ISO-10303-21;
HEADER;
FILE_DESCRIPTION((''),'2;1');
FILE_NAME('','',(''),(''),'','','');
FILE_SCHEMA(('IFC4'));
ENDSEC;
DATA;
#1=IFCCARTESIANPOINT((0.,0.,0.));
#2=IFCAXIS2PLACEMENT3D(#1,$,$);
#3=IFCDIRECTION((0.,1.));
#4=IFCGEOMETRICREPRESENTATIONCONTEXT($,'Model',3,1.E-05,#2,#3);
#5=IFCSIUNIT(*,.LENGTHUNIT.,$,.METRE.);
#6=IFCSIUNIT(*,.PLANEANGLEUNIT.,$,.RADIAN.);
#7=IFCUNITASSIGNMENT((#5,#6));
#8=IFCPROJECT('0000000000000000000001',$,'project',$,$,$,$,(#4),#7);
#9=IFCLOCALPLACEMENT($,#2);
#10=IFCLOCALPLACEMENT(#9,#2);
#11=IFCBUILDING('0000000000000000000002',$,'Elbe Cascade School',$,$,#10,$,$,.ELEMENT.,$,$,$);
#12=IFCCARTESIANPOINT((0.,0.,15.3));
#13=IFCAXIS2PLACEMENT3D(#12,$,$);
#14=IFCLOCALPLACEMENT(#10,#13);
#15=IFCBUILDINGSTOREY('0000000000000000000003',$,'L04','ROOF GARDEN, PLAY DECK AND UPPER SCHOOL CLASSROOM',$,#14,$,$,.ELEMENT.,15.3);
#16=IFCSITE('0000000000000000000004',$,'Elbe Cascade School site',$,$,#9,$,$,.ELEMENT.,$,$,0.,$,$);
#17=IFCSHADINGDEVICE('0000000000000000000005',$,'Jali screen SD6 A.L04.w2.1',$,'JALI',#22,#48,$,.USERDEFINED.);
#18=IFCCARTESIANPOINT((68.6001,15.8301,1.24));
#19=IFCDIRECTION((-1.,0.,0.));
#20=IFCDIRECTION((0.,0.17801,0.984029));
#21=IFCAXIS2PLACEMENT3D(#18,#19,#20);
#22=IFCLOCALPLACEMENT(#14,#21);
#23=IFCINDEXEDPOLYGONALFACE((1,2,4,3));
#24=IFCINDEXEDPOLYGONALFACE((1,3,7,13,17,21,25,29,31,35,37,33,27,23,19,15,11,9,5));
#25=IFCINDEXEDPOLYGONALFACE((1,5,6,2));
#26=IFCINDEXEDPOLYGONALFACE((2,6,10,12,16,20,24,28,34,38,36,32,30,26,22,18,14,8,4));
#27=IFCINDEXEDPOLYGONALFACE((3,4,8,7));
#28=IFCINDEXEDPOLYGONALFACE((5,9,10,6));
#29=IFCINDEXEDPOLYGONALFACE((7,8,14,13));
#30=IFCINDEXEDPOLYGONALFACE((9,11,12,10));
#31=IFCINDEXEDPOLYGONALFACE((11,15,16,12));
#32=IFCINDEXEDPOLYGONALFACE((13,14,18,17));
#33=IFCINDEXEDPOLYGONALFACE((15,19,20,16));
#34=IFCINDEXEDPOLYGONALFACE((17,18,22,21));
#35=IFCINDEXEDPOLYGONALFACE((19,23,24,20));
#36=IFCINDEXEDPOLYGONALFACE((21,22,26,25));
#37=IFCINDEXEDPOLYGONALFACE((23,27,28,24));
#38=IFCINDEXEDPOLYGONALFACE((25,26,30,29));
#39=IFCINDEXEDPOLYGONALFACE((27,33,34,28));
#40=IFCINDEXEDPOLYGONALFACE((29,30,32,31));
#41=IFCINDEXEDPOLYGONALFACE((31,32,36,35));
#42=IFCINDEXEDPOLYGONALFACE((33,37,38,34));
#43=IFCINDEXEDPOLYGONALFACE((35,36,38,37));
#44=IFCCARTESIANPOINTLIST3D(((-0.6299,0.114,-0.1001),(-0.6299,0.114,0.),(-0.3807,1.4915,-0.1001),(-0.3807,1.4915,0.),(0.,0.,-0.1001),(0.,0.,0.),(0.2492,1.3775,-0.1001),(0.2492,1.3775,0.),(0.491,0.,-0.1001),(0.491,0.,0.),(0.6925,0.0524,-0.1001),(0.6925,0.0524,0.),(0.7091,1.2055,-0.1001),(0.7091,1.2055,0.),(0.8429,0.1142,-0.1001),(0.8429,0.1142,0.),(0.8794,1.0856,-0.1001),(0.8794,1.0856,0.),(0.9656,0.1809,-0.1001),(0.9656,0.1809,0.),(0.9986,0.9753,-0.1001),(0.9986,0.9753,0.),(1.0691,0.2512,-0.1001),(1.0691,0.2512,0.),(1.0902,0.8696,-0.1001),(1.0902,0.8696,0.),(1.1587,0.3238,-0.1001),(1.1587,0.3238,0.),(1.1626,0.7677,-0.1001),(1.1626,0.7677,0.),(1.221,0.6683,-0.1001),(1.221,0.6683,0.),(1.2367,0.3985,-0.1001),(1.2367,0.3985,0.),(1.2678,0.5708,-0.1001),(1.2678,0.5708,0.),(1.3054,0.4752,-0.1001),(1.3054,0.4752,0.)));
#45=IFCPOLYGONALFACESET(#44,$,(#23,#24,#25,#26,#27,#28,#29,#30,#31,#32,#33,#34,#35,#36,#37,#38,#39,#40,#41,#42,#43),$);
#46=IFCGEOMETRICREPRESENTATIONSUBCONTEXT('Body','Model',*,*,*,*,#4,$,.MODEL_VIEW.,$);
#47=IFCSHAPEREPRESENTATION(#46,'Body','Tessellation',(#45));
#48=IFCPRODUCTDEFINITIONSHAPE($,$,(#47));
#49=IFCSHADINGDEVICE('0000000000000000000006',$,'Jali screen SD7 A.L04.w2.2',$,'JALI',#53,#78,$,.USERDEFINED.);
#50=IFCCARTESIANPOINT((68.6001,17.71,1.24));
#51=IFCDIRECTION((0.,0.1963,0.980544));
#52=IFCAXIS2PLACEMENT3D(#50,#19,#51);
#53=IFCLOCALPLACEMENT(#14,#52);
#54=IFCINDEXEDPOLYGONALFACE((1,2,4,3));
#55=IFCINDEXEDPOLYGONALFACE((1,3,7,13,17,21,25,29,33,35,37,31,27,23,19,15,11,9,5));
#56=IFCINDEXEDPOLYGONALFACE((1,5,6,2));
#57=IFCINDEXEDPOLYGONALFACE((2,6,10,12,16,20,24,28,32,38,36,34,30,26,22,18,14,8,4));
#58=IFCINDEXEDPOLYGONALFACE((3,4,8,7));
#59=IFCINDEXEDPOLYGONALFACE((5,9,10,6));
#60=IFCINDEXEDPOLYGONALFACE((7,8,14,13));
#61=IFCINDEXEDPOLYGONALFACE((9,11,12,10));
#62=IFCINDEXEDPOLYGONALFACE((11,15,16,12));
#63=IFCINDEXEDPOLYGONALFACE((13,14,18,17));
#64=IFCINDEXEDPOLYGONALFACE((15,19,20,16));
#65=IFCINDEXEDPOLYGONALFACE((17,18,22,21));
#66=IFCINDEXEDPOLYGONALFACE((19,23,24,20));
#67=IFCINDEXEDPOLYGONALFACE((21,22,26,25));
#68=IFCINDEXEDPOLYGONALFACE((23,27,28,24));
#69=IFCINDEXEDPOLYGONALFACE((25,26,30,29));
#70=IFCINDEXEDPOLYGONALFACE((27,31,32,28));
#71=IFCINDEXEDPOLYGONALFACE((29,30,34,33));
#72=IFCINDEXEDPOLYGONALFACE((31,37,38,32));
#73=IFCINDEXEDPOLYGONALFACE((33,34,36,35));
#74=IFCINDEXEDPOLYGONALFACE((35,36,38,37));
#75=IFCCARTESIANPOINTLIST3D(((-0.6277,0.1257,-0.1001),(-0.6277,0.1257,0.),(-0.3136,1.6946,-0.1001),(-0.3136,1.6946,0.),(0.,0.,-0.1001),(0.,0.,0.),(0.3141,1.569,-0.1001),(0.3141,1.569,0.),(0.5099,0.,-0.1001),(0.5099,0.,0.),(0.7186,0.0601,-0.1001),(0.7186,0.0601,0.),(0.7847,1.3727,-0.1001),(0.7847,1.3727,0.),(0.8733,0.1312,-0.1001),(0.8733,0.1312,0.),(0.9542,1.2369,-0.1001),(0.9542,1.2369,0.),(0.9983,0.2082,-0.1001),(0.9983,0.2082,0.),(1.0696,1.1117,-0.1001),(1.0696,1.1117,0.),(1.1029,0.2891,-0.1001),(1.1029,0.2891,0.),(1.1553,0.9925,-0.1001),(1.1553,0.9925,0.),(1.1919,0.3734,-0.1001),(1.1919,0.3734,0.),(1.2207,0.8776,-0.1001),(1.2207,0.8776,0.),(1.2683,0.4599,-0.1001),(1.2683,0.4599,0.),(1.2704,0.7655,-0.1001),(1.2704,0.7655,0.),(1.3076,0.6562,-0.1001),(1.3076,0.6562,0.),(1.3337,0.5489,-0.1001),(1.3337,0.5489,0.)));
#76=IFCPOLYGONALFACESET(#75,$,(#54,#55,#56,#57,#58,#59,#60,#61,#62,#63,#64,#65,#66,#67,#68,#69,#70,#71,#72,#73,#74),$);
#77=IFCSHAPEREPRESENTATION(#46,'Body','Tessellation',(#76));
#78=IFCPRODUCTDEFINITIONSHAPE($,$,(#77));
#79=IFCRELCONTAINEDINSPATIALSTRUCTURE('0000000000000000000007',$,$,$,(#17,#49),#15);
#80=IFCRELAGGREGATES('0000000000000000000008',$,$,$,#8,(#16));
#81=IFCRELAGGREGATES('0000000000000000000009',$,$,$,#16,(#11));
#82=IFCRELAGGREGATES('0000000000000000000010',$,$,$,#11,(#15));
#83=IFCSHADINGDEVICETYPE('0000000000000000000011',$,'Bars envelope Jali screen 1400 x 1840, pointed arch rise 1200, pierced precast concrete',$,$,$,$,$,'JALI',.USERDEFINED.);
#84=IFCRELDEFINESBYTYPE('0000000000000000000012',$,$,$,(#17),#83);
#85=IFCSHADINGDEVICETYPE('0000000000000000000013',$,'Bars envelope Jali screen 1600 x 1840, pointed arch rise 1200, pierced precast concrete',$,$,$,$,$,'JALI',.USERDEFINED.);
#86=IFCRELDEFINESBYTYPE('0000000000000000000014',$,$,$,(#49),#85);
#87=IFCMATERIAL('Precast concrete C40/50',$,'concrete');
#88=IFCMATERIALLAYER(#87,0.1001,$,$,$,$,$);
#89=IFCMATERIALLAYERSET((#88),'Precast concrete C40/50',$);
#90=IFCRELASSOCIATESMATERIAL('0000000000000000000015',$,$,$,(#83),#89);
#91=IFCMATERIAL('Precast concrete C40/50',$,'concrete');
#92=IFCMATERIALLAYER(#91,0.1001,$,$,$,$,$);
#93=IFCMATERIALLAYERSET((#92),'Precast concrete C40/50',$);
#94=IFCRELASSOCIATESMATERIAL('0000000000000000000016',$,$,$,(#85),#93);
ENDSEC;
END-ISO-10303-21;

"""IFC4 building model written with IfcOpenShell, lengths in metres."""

from ifc_helpers import new_model, si_unit, direction, frame, origin, place, context, subcontext, project, spatial, polyline, outline, extrude, material, layer, layer_set, type_object, element, save


model = new_model("IFC4")

# Units and contexts
model_context = context("Model", 3, precision=1e-05, world=origin(), true_north=direction((0.0, 1.0)))
body_context = subcontext(model_context, "Body", "Model", "MODEL_VIEW")
ifc_project = project(units=[si_unit("LENGTHUNIT", "METRE"), si_unit("PLANEANGLEUNIT", "RADIAN")], contexts=[model_context])

# Site, building, storey
site_placement = place(None, origin())
site = spatial("IfcSite", under=ifc_project, at=site_placement, Name="Elbe Cascade School site", CompositionType="ELEMENT", RefElevation=0.0)
building_placement = place(site_placement, origin())
building = spatial("IfcBuilding", under=site, at=building_placement, Name="Elbe Cascade School", CompositionType="ELEMENT")
storey_placement = place(building_placement, frame((0.0, 0.0, 15.3)))
storey = spatial("IfcBuildingStorey", under=building, at=storey_placement, Name="L04", Description="ROOF GARDEN, PLAY DECK AND UPPER SCHOOL CLASSROOM", CompositionType="ELEMENT", Elevation=15.3)

# Shading devices
ifc_material_1 = material(Name="Precast concrete C40/50", Category="concrete")
ifc_layer_1 = layer(ifc_material_1, 0.1001)
ifc_layer_set_1 = layer_set([ifc_layer_1], Name="Precast concrete C40/50")
shading_device_type_1 = type_object("IfcShadingDeviceType", Name="Bars envelope Jali screen 1400 x 1840, pointed arch rise 1200, pierced precast concrete", ElementType="JALI", PredefinedType="USERDEFINED", material=ifc_layer_set_1)
shading_device_1_placement = place(storey_placement, frame((68.6001, 15.8301, 1.24), z_axis=(-1.0, 0.0, 0.0), x_axis=(0.0, 0.17801, 0.984029)))
element("IfcShadingDevice", 1, at=shading_device_1_placement, inside=storey, type_object=shading_device_type_1, Name="Jali screen SD6 A.L04.w2.1", ObjectType="JALI", PredefinedType="USERDEFINED", context=body_context, shape_type="SweptSolid", body=[
    extrude(outline(polyline([(0.0, 0.0), (0.491, 0.0), (0.6925, 0.0524), (0.8429, 0.1142), (0.9656, 0.1809), (1.0691, 0.2512), (1.1587, 0.3238), (1.2367, 0.3985), (1.3054, 0.4752), (1.2678, 0.5708), (1.221, 0.6683), (1.1626, 0.7677), (1.0902, 0.8696), (0.9986, 0.9753), (0.8794, 1.0856), (0.7091, 1.2055), (0.2492, 1.3775), (-0.3807, 1.4915), (-0.6299, 0.114), (0.0, 0.0)])), origin(), (0.0, 0.0, -1.0), 0.1001),
])
ifc_material_2 = material(Name="Precast concrete C40/50", Category="concrete")
ifc_layer_2 = layer(ifc_material_2, 0.1001)
ifc_layer_set_2 = layer_set([ifc_layer_2], Name="Precast concrete C40/50")
shading_device_type_2 = type_object("IfcShadingDeviceType", Name="Bars envelope Jali screen 1600 x 1840, pointed arch rise 1200, pierced precast concrete", ElementType="JALI", PredefinedType="USERDEFINED", material=ifc_layer_set_2)
shading_device_2_placement = place(storey_placement, frame((68.6001, 17.71, 1.24), z_axis=(-1.0, 0.0, 0.0), x_axis=(0.0, 0.1963, 0.980544)))
element("IfcShadingDevice", 2, at=shading_device_2_placement, inside=storey, type_object=shading_device_type_2, Name="Jali screen SD7 A.L04.w2.2", ObjectType="JALI", PredefinedType="USERDEFINED", context=body_context, shape_type="SweptSolid", body=[
    extrude(outline(polyline([(0.0, 0.0), (0.5099, 0.0), (0.7186, 0.0601), (0.8733, 0.1312), (0.9983, 0.2082), (1.1029, 0.2891), (1.1919, 0.3734), (1.2683, 0.4599), (1.3337, 0.5489), (1.3076, 0.6562), (1.2704, 0.7655), (1.2207, 0.8776), (1.1553, 0.9925), (1.0696, 1.1117), (0.9542, 1.2369), (0.7847, 1.3727), (0.3141, 1.569), (-0.3136, 1.6946), (-0.6277, 0.1257), (0.0, 0.0)])), origin(), (0.0, 0.0, -1.0), 0.1001),
])

save(model, "model.ifc")
